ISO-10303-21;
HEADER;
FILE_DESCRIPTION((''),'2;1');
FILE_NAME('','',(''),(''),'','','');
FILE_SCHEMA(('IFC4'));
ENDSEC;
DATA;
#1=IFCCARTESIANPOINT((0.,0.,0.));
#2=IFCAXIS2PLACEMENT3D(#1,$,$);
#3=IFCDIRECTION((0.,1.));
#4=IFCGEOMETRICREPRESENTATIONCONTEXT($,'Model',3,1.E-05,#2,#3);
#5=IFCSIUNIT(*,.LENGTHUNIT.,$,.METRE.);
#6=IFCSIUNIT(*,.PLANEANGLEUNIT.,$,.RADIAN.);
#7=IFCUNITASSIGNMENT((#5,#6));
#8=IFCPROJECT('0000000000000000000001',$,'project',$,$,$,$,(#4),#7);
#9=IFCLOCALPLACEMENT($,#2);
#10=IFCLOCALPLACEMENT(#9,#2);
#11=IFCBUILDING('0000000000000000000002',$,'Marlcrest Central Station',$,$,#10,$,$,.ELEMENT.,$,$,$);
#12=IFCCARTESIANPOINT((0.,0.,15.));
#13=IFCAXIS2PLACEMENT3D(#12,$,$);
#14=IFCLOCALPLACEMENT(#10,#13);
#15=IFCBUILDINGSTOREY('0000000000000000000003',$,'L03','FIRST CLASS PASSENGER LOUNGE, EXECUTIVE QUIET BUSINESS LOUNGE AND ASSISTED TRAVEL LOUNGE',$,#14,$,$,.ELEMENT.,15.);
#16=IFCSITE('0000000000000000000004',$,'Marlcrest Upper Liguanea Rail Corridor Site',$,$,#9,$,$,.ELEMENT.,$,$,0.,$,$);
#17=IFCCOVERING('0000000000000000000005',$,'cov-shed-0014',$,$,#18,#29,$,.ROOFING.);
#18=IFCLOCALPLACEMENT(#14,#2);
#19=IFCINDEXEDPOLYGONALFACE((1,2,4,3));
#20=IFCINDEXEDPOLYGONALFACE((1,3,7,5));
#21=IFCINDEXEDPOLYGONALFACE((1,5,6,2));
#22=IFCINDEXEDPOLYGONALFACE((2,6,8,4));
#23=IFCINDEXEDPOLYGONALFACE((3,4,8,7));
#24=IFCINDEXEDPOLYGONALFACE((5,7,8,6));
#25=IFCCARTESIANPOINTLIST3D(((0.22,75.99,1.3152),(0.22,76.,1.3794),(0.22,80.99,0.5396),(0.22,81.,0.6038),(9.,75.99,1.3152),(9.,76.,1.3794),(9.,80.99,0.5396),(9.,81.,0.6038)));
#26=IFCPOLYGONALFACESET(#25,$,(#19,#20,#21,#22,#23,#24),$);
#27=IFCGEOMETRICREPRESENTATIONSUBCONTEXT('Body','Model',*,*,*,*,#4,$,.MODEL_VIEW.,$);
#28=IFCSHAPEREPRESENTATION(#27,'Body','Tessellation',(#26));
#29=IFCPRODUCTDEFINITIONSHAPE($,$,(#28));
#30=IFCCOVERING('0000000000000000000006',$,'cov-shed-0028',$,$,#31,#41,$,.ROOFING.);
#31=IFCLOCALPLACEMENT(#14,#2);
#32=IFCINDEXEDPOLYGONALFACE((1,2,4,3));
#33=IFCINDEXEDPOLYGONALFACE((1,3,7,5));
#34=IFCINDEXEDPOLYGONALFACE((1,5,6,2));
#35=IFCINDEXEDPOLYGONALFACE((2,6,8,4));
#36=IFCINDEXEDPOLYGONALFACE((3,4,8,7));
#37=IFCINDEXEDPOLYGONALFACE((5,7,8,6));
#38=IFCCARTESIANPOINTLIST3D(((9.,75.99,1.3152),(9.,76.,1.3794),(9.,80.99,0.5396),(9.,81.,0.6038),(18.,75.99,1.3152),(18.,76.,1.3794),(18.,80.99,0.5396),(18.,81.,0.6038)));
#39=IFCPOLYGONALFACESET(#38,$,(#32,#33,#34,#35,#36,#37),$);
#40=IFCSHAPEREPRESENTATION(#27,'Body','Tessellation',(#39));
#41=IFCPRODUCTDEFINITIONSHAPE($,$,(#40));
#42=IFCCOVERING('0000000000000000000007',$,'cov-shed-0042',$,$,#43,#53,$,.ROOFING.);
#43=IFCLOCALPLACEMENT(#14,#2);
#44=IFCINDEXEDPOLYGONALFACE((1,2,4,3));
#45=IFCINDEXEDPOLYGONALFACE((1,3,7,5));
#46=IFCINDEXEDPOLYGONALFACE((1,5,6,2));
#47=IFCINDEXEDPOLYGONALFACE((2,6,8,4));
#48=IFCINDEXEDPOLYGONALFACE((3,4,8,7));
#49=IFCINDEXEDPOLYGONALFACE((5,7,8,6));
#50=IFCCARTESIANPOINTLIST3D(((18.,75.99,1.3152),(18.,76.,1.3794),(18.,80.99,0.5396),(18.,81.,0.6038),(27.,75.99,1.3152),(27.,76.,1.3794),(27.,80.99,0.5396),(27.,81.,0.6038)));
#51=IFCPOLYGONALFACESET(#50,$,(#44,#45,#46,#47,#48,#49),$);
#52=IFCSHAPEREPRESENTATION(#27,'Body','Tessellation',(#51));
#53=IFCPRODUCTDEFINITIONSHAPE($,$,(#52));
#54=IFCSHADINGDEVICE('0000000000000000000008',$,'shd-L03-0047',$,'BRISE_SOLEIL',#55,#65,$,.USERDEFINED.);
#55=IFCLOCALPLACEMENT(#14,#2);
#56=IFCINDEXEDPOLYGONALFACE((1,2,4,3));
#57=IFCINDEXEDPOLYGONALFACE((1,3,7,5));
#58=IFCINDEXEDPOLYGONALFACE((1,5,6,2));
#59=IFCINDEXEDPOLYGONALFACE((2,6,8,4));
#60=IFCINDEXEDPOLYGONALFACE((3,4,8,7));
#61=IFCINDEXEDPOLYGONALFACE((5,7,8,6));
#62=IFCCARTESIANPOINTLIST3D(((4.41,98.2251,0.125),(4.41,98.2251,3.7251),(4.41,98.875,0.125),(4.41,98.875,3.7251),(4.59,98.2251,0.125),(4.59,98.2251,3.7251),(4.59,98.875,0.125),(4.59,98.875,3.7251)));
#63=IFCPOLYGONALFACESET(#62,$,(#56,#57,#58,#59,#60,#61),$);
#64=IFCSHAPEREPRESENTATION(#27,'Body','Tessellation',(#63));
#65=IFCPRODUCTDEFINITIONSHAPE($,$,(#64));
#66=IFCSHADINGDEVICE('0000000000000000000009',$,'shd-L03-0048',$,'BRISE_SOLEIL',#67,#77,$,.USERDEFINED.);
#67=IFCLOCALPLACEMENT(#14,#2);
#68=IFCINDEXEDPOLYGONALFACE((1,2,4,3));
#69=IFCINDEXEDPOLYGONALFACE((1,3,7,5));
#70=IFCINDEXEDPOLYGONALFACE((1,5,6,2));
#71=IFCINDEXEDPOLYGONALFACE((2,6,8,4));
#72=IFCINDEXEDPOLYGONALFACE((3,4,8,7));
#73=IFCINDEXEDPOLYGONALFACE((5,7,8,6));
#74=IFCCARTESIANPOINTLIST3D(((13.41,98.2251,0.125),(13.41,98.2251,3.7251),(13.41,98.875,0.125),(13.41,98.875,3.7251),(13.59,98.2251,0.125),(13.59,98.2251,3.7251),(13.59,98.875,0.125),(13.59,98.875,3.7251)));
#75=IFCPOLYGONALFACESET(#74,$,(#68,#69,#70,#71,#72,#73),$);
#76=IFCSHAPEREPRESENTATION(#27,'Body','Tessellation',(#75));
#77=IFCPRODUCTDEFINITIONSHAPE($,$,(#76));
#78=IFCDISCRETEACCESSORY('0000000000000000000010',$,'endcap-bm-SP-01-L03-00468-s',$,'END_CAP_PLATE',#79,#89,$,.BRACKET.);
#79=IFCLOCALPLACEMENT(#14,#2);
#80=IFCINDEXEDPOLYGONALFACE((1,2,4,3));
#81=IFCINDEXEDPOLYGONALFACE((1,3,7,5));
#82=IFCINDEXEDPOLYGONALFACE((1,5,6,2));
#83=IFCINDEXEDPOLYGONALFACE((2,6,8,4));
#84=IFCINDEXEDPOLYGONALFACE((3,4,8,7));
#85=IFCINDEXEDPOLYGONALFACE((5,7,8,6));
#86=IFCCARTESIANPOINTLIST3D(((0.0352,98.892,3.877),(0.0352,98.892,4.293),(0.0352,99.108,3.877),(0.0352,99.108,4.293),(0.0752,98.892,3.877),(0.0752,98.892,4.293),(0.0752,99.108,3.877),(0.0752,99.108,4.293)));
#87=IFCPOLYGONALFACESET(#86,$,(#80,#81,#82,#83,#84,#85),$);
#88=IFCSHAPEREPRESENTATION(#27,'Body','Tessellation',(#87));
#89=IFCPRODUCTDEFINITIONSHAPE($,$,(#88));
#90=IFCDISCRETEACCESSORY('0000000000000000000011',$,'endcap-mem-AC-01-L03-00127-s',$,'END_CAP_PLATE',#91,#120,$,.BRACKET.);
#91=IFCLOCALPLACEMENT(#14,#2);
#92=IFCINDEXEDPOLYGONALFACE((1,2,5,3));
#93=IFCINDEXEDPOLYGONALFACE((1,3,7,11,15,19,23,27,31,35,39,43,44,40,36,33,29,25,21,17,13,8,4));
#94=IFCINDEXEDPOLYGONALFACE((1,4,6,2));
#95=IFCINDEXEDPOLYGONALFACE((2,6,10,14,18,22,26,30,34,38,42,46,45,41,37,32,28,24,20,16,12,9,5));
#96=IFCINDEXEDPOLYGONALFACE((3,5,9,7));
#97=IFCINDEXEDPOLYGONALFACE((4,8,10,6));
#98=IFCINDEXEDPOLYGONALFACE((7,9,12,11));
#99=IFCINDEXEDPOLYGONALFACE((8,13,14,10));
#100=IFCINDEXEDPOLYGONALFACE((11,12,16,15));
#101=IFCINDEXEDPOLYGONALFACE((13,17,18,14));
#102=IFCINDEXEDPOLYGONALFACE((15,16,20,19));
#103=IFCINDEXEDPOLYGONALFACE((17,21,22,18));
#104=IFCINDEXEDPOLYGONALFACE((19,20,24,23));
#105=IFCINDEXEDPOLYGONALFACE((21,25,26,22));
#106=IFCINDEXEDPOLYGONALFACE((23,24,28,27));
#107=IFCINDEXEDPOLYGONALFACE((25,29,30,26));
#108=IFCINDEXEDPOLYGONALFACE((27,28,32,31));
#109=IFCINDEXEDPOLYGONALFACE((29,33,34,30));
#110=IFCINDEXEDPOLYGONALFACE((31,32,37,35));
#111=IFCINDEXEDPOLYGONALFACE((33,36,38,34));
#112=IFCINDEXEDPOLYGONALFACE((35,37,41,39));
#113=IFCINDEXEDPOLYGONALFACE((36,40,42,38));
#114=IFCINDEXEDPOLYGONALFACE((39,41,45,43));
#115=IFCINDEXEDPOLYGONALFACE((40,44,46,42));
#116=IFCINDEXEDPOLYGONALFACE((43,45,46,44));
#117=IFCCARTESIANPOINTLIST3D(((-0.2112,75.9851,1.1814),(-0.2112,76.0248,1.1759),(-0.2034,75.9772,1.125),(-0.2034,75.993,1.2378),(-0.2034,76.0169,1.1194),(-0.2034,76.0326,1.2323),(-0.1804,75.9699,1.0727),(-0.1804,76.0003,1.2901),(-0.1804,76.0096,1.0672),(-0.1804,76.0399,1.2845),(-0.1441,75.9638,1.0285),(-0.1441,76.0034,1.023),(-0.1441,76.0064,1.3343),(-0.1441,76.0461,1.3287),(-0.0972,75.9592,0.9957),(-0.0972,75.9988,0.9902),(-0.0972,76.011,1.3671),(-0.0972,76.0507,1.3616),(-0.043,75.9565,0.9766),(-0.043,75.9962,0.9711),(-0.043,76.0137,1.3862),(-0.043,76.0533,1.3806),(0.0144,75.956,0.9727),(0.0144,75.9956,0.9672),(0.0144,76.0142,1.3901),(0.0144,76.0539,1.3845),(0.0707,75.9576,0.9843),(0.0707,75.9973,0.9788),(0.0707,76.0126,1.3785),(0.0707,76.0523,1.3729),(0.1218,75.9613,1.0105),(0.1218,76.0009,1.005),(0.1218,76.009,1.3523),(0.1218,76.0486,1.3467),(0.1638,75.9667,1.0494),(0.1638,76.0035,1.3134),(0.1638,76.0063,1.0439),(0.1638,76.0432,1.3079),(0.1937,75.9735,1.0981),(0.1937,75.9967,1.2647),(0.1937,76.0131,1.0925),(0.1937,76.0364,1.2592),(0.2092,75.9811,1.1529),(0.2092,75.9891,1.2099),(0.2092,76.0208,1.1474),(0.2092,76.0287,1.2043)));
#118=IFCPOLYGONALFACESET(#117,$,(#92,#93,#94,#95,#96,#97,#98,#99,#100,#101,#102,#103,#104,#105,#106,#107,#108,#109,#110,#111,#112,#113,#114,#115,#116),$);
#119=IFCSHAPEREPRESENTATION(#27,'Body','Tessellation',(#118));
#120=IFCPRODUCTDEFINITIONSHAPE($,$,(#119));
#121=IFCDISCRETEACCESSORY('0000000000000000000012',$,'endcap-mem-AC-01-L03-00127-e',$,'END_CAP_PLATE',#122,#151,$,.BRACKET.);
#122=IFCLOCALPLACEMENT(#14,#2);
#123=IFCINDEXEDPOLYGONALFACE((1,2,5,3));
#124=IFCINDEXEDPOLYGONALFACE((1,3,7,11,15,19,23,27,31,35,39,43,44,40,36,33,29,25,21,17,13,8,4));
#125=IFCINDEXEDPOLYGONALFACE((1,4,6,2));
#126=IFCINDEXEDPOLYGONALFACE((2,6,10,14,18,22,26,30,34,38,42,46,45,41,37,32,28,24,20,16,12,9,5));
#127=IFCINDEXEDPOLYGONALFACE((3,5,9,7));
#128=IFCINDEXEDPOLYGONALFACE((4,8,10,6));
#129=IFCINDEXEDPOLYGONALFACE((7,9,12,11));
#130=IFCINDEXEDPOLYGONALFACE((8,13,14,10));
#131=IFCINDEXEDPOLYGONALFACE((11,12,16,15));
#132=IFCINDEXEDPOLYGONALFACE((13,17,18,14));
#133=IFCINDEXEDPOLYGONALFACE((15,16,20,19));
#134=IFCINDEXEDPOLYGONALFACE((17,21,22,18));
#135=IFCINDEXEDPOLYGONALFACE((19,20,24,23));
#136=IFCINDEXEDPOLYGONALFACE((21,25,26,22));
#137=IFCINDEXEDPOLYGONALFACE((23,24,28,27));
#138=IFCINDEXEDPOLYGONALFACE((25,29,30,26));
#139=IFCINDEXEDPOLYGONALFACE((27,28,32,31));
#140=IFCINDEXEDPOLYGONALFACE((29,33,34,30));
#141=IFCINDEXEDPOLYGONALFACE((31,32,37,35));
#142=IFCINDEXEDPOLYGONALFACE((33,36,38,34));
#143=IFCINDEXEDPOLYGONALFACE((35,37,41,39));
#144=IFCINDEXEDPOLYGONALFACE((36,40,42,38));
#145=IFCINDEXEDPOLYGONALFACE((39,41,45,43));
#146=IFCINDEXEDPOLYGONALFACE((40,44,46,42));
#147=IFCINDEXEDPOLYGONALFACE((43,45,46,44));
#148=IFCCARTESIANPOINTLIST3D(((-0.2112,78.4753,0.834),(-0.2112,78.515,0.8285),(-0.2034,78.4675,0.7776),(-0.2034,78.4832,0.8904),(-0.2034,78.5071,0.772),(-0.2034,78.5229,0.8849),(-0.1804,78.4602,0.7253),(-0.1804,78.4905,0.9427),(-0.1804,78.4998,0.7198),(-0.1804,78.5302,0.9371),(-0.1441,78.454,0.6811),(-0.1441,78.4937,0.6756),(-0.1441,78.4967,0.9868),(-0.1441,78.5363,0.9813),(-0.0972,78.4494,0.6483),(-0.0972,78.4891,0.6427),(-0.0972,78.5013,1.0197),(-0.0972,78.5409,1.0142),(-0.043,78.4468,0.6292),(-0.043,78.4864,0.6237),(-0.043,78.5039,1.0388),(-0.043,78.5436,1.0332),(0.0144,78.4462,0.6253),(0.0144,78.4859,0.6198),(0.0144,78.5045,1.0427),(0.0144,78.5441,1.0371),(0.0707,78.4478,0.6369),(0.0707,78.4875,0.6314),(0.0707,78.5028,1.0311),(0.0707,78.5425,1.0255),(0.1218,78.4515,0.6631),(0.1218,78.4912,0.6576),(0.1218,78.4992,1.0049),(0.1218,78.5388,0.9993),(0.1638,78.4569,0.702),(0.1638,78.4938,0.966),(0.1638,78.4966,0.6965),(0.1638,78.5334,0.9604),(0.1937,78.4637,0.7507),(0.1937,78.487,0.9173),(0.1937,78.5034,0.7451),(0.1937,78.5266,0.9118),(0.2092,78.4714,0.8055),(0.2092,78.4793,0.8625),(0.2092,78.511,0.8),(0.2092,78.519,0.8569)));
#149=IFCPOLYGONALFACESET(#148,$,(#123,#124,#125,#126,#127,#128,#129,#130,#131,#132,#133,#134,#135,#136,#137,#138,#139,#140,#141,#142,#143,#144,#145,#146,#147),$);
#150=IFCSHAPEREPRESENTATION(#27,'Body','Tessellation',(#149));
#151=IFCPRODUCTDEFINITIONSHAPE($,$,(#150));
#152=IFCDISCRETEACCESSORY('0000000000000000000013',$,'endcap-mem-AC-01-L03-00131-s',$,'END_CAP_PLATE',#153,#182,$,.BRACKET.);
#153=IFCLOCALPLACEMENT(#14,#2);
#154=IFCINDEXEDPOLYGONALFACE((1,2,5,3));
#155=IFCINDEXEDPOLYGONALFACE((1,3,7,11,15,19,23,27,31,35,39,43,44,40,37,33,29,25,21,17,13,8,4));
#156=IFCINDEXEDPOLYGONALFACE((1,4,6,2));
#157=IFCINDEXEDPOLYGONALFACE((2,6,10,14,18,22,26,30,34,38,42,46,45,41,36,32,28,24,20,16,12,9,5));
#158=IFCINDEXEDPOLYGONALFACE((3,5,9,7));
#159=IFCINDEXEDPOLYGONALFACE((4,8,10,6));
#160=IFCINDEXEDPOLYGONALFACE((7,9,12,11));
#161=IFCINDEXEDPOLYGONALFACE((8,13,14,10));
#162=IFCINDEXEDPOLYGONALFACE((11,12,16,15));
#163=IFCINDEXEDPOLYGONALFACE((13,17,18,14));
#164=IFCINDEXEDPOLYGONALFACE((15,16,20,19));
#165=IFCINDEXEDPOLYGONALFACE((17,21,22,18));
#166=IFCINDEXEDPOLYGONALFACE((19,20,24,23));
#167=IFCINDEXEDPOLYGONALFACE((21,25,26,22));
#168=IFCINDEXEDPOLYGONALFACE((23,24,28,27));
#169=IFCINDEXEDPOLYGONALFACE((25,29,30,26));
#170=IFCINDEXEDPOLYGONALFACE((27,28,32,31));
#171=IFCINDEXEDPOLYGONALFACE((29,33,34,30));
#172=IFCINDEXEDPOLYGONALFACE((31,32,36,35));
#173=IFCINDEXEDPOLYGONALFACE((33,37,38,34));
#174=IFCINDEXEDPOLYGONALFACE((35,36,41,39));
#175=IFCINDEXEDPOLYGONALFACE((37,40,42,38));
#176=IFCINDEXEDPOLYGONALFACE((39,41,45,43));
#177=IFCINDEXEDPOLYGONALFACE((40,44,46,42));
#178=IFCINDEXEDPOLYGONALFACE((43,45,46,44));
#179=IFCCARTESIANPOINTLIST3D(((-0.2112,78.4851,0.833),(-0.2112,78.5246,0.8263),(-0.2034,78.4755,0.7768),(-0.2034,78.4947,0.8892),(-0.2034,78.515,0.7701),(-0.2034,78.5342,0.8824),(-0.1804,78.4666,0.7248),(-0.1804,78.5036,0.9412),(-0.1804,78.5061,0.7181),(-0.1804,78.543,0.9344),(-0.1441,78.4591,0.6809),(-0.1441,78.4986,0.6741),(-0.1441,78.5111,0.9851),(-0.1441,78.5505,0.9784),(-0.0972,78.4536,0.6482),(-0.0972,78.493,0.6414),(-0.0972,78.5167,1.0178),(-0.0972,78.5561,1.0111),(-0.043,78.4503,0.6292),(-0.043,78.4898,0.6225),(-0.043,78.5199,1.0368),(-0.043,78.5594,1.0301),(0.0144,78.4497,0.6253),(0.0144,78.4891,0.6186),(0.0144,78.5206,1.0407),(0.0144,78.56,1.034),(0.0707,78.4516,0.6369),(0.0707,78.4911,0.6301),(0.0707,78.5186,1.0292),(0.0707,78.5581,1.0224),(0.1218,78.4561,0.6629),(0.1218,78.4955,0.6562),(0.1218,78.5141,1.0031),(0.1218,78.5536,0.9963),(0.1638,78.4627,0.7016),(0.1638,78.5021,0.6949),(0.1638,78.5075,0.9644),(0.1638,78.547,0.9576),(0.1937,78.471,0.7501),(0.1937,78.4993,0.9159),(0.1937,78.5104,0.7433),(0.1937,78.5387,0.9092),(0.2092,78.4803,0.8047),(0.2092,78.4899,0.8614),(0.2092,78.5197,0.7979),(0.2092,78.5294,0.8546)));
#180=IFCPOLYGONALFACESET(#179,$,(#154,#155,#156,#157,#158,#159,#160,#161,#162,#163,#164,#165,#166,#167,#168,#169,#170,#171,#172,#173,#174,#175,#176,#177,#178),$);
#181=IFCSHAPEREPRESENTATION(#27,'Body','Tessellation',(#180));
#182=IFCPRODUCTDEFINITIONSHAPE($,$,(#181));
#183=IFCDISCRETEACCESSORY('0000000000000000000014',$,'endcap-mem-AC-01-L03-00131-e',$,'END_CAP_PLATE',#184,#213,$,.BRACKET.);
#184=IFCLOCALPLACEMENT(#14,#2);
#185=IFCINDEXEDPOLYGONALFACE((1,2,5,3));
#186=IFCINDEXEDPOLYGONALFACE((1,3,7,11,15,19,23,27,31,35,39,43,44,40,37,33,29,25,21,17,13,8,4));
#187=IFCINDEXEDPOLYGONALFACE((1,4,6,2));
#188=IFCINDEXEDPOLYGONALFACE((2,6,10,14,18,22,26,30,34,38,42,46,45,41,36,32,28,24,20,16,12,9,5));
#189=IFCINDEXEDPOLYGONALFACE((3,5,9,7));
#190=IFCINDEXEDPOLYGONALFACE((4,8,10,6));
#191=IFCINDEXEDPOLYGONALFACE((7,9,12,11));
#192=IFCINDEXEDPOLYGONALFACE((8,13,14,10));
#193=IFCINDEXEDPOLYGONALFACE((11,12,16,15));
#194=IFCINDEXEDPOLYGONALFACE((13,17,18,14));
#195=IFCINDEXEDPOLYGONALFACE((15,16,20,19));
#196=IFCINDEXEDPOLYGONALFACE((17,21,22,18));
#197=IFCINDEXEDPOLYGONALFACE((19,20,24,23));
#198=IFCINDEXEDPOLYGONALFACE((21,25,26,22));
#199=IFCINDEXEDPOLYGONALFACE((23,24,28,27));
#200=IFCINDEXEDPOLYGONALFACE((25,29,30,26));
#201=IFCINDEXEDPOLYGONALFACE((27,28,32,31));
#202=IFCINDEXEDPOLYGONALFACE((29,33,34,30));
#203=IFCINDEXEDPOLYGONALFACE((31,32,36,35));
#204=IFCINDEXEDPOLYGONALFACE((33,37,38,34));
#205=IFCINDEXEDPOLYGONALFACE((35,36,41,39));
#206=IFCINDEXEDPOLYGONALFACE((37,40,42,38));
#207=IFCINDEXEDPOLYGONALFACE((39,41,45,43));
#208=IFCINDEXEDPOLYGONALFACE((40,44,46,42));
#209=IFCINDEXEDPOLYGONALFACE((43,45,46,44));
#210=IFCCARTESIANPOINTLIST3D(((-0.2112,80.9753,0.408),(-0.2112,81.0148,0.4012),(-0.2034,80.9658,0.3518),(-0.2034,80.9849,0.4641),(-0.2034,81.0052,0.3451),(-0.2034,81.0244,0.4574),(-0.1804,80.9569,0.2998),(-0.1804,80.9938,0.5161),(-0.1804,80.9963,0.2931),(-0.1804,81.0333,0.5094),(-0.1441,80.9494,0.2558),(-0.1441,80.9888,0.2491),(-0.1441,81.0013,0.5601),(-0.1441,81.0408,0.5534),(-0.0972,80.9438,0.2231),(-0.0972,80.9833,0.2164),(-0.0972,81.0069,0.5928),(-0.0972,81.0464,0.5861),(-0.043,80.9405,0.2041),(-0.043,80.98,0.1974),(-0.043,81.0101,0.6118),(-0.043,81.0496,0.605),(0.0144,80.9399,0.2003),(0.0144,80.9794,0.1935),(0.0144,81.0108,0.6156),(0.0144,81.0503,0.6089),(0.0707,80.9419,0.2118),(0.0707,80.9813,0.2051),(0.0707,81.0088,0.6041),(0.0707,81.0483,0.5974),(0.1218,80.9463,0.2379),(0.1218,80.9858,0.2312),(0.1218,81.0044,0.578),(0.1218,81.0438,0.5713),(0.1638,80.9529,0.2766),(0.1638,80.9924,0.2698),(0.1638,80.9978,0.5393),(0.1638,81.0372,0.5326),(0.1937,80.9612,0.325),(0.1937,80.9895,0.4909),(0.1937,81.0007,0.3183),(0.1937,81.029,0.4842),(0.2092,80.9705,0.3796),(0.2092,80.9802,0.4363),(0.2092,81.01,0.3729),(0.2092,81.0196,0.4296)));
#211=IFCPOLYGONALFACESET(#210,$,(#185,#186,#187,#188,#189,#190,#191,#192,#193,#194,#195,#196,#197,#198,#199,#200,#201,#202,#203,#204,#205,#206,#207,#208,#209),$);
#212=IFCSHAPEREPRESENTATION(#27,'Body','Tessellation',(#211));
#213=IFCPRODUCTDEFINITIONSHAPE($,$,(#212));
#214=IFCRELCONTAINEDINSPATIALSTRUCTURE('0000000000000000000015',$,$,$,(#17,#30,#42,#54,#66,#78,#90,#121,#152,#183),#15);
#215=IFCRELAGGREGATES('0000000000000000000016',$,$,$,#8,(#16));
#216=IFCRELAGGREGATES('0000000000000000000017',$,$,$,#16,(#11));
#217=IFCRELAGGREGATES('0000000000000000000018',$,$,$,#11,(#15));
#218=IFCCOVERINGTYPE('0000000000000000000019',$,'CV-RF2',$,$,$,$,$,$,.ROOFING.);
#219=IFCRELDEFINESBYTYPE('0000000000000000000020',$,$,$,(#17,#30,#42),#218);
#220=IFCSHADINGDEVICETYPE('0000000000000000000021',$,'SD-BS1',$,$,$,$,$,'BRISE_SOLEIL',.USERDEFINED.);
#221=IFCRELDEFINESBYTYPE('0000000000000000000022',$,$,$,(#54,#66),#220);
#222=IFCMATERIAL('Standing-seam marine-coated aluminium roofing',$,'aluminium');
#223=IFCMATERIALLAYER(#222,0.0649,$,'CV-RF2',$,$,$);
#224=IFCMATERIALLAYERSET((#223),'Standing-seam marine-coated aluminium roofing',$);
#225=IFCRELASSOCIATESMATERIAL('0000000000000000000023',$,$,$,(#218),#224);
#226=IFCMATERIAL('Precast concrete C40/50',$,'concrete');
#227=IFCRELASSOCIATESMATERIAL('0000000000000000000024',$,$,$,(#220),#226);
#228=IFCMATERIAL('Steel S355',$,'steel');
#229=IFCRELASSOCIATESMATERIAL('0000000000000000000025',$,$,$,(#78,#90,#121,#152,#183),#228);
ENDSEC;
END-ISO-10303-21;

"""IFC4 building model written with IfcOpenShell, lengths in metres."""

from ifc_helpers import new_model, si_unit, direction, frame, origin, origin_2d, place, context, subcontext, project, spatial, polyline, rectangle, circle, outline, extrude, material, layer, layer_set, type_object, element, save


model = new_model("IFC4")

# Units and contexts
model_context = context("Model", 3, precision=1e-05, world=origin(), true_north=direction((0.0, 1.0)))
body_context = subcontext(model_context, "Body", "Model", "MODEL_VIEW")
ifc_project = project(units=[si_unit("LENGTHUNIT", "METRE"), si_unit("PLANEANGLEUNIT", "RADIAN")], contexts=[model_context])

# Site, building, storey
site_placement = place(None, origin())
site = spatial("IfcSite", under=ifc_project, at=site_placement, Name="Marlcrest Upper Liguanea Rail Corridor Site", CompositionType="ELEMENT", RefElevation=0.0)
building_placement = place(site_placement, origin())
building = spatial("IfcBuilding", under=site, at=building_placement, Name="Marlcrest Central Station", CompositionType="ELEMENT")
storey_placement = place(building_placement, frame((0.0, 0.0, 15.0)))
storey = spatial("IfcBuildingStorey", under=building, at=storey_placement, Name="L03", Description="FIRST CLASS PASSENGER LOUNGE, EXECUTIVE QUIET BUSINESS LOUNGE AND ASSISTED TRAVEL LOUNGE", CompositionType="ELEMENT", Elevation=15.0)

# Shared definitions
ifc_material_1 = material(Name="Steel S355", Category="steel")

# Coverings
ifc_material_2 = material(Name="Standing-seam marine-coated aluminium roofing", Category="aluminium")
ifc_layer = layer(ifc_material_2, 0.0649, Name="CV-RF2")
ifc_layer_set = layer_set([ifc_layer], Name="Standing-seam marine-coated aluminium roofing")
covering_type = type_object("IfcCoveringType", Name="CV-RF2", PredefinedType="ROOFING", material=ifc_layer_set)
covering_placement = place(storey_placement, frame((0.22, 76.0, 1.3794), z_axis=(0.0, 0.153293, 0.988181), x_axis=(1.0, 0.0, 0.0)))
element("IfcCovering", 1, at=covering_placement, inside=storey, type_object=covering_type, Name="cov-shed-0014", PredefinedType="ROOFING", context=body_context, shape_type="SweptSolid", body=[
    extrude(outline(polyline([(0.0, 0.0), (8.78, 0.0), (8.78, 5.0598), (0.0, 5.0598), (0.0, 0.0)])), origin(), (0.0, 0.0, -1.0), 0.0649),
])
for number, where, z_axis, x_axis, name in (
    (2, (9.0, 76.0, 1.3794), (0.0, 0.153293, 0.988181), (1.0, 0.0, 0.0), "cov-shed-0028"),
    (3, (18.0, 76.0, 1.3794), (0.0, 0.153293, 0.988181), (1.0, 0.0, 0.0), "cov-shed-0042"),
):
    element("IfcCovering", number, at=place(storey_placement, frame(where, z_axis=z_axis, x_axis=x_axis)), inside=storey, type_object=covering_type, Name=name, PredefinedType="ROOFING", context=body_context, shape_type="SweptSolid", body=[
        extrude(outline(polyline([(0.0, 0.0), (9.0, 0.0), (9.0, 5.0598), (0.0, 5.0598), (0.0, 0.0)])), origin(), (0.0, 0.0, -1.0), 0.0649),
    ])

# Shading devices
ifc_material_3 = material(Name="Precast concrete C40/50", Category="concrete")
shading_device_type = type_object("IfcShadingDeviceType", Name="SD-BS1", ElementType="BRISE_SOLEIL", PredefinedType="USERDEFINED", material=ifc_material_3)
for number, where, z_axis, x_axis, name in (
    (4, (4.5, 98.55, 0.125), (0.0, 0.0, 1.0), (1.0, 0.0, 0.0), "shd-L03-0047"),
    (5, (13.5, 98.55, 0.125), (0.0, 0.0, 1.0), (1.0, 0.0, 0.0), "shd-L03-0048"),
):
    element("IfcShadingDevice", number, at=place(storey_placement, frame(where, z_axis=z_axis, x_axis=x_axis)), inside=storey, type_object=shading_device_type, Name=name, ObjectType="BRISE_SOLEIL", PredefinedType="USERDEFINED", context=body_context, shape_type="SweptSolid", body=[
        extrude(rectangle(XDim=0.1799, YDim=0.6499, at=origin_2d()), origin(), (0.0, 0.0, 1.0), 3.6001),
    ])

# Discrete accessories
discrete_accessory_placement = place(storey_placement, frame((0.0352, 99.0, 4.085), z_axis=(1.0, 0.0, 0.0), x_axis=(0.0, 1.0, 0.0)))
element("IfcDiscreteAccessory", 6, at=discrete_accessory_placement, inside=storey, material=ifc_material_1, Name="endcap-bm-SP-01-L03-00468-s", ObjectType="END_CAP_PLATE", PredefinedType="BRACKET", context=body_context, shape_type="SweptSolid", body=[
    extrude(rectangle(XDim=0.2161, YDim=0.416, at=origin_2d()), origin(), (0.0, 0.0, 1.0), 0.04),
])
for number, where, z_axis, x_axis, name in (
    (7, (0.0, 75.9851, 1.1814), (0.0, 0.990403, -0.138211), (-1.0, 0.0, 0.0), "endcap-mem-AC-01-L03-00127-s"),
    (8, (0.0, 78.4753, 0.834), (0.0, 0.990403, -0.138211), (-1.0, 0.0, 0.0), "endcap-mem-AC-01-L03-00127-e"),
    (9, (0.0, 78.4851, 0.833), (0.0, 0.985741, -0.168269), (-1.0, 0.0, 0.0), "endcap-mem-AC-01-L03-00131-s"),
    (10, (0.0, 80.9753, 0.408), (0.0, 0.985741, -0.168269), (-1.0, 0.0, 0.0), "endcap-mem-AC-01-L03-00131-e"),
):
    element("IfcDiscreteAccessory", number, at=place(storey_placement, frame(where, z_axis=z_axis, x_axis=x_axis)), inside=storey, material=ifc_material_1, Name=name, ObjectType="END_CAP_PLATE", PredefinedType="BRACKET", context=body_context, shape_type="SweptSolid", body=[
        extrude(circle(Radius=0.2112, at=origin_2d()), origin(), (0.0, 0.0, 1.0), 0.04),
    ])

save(model, "model.ifc")
